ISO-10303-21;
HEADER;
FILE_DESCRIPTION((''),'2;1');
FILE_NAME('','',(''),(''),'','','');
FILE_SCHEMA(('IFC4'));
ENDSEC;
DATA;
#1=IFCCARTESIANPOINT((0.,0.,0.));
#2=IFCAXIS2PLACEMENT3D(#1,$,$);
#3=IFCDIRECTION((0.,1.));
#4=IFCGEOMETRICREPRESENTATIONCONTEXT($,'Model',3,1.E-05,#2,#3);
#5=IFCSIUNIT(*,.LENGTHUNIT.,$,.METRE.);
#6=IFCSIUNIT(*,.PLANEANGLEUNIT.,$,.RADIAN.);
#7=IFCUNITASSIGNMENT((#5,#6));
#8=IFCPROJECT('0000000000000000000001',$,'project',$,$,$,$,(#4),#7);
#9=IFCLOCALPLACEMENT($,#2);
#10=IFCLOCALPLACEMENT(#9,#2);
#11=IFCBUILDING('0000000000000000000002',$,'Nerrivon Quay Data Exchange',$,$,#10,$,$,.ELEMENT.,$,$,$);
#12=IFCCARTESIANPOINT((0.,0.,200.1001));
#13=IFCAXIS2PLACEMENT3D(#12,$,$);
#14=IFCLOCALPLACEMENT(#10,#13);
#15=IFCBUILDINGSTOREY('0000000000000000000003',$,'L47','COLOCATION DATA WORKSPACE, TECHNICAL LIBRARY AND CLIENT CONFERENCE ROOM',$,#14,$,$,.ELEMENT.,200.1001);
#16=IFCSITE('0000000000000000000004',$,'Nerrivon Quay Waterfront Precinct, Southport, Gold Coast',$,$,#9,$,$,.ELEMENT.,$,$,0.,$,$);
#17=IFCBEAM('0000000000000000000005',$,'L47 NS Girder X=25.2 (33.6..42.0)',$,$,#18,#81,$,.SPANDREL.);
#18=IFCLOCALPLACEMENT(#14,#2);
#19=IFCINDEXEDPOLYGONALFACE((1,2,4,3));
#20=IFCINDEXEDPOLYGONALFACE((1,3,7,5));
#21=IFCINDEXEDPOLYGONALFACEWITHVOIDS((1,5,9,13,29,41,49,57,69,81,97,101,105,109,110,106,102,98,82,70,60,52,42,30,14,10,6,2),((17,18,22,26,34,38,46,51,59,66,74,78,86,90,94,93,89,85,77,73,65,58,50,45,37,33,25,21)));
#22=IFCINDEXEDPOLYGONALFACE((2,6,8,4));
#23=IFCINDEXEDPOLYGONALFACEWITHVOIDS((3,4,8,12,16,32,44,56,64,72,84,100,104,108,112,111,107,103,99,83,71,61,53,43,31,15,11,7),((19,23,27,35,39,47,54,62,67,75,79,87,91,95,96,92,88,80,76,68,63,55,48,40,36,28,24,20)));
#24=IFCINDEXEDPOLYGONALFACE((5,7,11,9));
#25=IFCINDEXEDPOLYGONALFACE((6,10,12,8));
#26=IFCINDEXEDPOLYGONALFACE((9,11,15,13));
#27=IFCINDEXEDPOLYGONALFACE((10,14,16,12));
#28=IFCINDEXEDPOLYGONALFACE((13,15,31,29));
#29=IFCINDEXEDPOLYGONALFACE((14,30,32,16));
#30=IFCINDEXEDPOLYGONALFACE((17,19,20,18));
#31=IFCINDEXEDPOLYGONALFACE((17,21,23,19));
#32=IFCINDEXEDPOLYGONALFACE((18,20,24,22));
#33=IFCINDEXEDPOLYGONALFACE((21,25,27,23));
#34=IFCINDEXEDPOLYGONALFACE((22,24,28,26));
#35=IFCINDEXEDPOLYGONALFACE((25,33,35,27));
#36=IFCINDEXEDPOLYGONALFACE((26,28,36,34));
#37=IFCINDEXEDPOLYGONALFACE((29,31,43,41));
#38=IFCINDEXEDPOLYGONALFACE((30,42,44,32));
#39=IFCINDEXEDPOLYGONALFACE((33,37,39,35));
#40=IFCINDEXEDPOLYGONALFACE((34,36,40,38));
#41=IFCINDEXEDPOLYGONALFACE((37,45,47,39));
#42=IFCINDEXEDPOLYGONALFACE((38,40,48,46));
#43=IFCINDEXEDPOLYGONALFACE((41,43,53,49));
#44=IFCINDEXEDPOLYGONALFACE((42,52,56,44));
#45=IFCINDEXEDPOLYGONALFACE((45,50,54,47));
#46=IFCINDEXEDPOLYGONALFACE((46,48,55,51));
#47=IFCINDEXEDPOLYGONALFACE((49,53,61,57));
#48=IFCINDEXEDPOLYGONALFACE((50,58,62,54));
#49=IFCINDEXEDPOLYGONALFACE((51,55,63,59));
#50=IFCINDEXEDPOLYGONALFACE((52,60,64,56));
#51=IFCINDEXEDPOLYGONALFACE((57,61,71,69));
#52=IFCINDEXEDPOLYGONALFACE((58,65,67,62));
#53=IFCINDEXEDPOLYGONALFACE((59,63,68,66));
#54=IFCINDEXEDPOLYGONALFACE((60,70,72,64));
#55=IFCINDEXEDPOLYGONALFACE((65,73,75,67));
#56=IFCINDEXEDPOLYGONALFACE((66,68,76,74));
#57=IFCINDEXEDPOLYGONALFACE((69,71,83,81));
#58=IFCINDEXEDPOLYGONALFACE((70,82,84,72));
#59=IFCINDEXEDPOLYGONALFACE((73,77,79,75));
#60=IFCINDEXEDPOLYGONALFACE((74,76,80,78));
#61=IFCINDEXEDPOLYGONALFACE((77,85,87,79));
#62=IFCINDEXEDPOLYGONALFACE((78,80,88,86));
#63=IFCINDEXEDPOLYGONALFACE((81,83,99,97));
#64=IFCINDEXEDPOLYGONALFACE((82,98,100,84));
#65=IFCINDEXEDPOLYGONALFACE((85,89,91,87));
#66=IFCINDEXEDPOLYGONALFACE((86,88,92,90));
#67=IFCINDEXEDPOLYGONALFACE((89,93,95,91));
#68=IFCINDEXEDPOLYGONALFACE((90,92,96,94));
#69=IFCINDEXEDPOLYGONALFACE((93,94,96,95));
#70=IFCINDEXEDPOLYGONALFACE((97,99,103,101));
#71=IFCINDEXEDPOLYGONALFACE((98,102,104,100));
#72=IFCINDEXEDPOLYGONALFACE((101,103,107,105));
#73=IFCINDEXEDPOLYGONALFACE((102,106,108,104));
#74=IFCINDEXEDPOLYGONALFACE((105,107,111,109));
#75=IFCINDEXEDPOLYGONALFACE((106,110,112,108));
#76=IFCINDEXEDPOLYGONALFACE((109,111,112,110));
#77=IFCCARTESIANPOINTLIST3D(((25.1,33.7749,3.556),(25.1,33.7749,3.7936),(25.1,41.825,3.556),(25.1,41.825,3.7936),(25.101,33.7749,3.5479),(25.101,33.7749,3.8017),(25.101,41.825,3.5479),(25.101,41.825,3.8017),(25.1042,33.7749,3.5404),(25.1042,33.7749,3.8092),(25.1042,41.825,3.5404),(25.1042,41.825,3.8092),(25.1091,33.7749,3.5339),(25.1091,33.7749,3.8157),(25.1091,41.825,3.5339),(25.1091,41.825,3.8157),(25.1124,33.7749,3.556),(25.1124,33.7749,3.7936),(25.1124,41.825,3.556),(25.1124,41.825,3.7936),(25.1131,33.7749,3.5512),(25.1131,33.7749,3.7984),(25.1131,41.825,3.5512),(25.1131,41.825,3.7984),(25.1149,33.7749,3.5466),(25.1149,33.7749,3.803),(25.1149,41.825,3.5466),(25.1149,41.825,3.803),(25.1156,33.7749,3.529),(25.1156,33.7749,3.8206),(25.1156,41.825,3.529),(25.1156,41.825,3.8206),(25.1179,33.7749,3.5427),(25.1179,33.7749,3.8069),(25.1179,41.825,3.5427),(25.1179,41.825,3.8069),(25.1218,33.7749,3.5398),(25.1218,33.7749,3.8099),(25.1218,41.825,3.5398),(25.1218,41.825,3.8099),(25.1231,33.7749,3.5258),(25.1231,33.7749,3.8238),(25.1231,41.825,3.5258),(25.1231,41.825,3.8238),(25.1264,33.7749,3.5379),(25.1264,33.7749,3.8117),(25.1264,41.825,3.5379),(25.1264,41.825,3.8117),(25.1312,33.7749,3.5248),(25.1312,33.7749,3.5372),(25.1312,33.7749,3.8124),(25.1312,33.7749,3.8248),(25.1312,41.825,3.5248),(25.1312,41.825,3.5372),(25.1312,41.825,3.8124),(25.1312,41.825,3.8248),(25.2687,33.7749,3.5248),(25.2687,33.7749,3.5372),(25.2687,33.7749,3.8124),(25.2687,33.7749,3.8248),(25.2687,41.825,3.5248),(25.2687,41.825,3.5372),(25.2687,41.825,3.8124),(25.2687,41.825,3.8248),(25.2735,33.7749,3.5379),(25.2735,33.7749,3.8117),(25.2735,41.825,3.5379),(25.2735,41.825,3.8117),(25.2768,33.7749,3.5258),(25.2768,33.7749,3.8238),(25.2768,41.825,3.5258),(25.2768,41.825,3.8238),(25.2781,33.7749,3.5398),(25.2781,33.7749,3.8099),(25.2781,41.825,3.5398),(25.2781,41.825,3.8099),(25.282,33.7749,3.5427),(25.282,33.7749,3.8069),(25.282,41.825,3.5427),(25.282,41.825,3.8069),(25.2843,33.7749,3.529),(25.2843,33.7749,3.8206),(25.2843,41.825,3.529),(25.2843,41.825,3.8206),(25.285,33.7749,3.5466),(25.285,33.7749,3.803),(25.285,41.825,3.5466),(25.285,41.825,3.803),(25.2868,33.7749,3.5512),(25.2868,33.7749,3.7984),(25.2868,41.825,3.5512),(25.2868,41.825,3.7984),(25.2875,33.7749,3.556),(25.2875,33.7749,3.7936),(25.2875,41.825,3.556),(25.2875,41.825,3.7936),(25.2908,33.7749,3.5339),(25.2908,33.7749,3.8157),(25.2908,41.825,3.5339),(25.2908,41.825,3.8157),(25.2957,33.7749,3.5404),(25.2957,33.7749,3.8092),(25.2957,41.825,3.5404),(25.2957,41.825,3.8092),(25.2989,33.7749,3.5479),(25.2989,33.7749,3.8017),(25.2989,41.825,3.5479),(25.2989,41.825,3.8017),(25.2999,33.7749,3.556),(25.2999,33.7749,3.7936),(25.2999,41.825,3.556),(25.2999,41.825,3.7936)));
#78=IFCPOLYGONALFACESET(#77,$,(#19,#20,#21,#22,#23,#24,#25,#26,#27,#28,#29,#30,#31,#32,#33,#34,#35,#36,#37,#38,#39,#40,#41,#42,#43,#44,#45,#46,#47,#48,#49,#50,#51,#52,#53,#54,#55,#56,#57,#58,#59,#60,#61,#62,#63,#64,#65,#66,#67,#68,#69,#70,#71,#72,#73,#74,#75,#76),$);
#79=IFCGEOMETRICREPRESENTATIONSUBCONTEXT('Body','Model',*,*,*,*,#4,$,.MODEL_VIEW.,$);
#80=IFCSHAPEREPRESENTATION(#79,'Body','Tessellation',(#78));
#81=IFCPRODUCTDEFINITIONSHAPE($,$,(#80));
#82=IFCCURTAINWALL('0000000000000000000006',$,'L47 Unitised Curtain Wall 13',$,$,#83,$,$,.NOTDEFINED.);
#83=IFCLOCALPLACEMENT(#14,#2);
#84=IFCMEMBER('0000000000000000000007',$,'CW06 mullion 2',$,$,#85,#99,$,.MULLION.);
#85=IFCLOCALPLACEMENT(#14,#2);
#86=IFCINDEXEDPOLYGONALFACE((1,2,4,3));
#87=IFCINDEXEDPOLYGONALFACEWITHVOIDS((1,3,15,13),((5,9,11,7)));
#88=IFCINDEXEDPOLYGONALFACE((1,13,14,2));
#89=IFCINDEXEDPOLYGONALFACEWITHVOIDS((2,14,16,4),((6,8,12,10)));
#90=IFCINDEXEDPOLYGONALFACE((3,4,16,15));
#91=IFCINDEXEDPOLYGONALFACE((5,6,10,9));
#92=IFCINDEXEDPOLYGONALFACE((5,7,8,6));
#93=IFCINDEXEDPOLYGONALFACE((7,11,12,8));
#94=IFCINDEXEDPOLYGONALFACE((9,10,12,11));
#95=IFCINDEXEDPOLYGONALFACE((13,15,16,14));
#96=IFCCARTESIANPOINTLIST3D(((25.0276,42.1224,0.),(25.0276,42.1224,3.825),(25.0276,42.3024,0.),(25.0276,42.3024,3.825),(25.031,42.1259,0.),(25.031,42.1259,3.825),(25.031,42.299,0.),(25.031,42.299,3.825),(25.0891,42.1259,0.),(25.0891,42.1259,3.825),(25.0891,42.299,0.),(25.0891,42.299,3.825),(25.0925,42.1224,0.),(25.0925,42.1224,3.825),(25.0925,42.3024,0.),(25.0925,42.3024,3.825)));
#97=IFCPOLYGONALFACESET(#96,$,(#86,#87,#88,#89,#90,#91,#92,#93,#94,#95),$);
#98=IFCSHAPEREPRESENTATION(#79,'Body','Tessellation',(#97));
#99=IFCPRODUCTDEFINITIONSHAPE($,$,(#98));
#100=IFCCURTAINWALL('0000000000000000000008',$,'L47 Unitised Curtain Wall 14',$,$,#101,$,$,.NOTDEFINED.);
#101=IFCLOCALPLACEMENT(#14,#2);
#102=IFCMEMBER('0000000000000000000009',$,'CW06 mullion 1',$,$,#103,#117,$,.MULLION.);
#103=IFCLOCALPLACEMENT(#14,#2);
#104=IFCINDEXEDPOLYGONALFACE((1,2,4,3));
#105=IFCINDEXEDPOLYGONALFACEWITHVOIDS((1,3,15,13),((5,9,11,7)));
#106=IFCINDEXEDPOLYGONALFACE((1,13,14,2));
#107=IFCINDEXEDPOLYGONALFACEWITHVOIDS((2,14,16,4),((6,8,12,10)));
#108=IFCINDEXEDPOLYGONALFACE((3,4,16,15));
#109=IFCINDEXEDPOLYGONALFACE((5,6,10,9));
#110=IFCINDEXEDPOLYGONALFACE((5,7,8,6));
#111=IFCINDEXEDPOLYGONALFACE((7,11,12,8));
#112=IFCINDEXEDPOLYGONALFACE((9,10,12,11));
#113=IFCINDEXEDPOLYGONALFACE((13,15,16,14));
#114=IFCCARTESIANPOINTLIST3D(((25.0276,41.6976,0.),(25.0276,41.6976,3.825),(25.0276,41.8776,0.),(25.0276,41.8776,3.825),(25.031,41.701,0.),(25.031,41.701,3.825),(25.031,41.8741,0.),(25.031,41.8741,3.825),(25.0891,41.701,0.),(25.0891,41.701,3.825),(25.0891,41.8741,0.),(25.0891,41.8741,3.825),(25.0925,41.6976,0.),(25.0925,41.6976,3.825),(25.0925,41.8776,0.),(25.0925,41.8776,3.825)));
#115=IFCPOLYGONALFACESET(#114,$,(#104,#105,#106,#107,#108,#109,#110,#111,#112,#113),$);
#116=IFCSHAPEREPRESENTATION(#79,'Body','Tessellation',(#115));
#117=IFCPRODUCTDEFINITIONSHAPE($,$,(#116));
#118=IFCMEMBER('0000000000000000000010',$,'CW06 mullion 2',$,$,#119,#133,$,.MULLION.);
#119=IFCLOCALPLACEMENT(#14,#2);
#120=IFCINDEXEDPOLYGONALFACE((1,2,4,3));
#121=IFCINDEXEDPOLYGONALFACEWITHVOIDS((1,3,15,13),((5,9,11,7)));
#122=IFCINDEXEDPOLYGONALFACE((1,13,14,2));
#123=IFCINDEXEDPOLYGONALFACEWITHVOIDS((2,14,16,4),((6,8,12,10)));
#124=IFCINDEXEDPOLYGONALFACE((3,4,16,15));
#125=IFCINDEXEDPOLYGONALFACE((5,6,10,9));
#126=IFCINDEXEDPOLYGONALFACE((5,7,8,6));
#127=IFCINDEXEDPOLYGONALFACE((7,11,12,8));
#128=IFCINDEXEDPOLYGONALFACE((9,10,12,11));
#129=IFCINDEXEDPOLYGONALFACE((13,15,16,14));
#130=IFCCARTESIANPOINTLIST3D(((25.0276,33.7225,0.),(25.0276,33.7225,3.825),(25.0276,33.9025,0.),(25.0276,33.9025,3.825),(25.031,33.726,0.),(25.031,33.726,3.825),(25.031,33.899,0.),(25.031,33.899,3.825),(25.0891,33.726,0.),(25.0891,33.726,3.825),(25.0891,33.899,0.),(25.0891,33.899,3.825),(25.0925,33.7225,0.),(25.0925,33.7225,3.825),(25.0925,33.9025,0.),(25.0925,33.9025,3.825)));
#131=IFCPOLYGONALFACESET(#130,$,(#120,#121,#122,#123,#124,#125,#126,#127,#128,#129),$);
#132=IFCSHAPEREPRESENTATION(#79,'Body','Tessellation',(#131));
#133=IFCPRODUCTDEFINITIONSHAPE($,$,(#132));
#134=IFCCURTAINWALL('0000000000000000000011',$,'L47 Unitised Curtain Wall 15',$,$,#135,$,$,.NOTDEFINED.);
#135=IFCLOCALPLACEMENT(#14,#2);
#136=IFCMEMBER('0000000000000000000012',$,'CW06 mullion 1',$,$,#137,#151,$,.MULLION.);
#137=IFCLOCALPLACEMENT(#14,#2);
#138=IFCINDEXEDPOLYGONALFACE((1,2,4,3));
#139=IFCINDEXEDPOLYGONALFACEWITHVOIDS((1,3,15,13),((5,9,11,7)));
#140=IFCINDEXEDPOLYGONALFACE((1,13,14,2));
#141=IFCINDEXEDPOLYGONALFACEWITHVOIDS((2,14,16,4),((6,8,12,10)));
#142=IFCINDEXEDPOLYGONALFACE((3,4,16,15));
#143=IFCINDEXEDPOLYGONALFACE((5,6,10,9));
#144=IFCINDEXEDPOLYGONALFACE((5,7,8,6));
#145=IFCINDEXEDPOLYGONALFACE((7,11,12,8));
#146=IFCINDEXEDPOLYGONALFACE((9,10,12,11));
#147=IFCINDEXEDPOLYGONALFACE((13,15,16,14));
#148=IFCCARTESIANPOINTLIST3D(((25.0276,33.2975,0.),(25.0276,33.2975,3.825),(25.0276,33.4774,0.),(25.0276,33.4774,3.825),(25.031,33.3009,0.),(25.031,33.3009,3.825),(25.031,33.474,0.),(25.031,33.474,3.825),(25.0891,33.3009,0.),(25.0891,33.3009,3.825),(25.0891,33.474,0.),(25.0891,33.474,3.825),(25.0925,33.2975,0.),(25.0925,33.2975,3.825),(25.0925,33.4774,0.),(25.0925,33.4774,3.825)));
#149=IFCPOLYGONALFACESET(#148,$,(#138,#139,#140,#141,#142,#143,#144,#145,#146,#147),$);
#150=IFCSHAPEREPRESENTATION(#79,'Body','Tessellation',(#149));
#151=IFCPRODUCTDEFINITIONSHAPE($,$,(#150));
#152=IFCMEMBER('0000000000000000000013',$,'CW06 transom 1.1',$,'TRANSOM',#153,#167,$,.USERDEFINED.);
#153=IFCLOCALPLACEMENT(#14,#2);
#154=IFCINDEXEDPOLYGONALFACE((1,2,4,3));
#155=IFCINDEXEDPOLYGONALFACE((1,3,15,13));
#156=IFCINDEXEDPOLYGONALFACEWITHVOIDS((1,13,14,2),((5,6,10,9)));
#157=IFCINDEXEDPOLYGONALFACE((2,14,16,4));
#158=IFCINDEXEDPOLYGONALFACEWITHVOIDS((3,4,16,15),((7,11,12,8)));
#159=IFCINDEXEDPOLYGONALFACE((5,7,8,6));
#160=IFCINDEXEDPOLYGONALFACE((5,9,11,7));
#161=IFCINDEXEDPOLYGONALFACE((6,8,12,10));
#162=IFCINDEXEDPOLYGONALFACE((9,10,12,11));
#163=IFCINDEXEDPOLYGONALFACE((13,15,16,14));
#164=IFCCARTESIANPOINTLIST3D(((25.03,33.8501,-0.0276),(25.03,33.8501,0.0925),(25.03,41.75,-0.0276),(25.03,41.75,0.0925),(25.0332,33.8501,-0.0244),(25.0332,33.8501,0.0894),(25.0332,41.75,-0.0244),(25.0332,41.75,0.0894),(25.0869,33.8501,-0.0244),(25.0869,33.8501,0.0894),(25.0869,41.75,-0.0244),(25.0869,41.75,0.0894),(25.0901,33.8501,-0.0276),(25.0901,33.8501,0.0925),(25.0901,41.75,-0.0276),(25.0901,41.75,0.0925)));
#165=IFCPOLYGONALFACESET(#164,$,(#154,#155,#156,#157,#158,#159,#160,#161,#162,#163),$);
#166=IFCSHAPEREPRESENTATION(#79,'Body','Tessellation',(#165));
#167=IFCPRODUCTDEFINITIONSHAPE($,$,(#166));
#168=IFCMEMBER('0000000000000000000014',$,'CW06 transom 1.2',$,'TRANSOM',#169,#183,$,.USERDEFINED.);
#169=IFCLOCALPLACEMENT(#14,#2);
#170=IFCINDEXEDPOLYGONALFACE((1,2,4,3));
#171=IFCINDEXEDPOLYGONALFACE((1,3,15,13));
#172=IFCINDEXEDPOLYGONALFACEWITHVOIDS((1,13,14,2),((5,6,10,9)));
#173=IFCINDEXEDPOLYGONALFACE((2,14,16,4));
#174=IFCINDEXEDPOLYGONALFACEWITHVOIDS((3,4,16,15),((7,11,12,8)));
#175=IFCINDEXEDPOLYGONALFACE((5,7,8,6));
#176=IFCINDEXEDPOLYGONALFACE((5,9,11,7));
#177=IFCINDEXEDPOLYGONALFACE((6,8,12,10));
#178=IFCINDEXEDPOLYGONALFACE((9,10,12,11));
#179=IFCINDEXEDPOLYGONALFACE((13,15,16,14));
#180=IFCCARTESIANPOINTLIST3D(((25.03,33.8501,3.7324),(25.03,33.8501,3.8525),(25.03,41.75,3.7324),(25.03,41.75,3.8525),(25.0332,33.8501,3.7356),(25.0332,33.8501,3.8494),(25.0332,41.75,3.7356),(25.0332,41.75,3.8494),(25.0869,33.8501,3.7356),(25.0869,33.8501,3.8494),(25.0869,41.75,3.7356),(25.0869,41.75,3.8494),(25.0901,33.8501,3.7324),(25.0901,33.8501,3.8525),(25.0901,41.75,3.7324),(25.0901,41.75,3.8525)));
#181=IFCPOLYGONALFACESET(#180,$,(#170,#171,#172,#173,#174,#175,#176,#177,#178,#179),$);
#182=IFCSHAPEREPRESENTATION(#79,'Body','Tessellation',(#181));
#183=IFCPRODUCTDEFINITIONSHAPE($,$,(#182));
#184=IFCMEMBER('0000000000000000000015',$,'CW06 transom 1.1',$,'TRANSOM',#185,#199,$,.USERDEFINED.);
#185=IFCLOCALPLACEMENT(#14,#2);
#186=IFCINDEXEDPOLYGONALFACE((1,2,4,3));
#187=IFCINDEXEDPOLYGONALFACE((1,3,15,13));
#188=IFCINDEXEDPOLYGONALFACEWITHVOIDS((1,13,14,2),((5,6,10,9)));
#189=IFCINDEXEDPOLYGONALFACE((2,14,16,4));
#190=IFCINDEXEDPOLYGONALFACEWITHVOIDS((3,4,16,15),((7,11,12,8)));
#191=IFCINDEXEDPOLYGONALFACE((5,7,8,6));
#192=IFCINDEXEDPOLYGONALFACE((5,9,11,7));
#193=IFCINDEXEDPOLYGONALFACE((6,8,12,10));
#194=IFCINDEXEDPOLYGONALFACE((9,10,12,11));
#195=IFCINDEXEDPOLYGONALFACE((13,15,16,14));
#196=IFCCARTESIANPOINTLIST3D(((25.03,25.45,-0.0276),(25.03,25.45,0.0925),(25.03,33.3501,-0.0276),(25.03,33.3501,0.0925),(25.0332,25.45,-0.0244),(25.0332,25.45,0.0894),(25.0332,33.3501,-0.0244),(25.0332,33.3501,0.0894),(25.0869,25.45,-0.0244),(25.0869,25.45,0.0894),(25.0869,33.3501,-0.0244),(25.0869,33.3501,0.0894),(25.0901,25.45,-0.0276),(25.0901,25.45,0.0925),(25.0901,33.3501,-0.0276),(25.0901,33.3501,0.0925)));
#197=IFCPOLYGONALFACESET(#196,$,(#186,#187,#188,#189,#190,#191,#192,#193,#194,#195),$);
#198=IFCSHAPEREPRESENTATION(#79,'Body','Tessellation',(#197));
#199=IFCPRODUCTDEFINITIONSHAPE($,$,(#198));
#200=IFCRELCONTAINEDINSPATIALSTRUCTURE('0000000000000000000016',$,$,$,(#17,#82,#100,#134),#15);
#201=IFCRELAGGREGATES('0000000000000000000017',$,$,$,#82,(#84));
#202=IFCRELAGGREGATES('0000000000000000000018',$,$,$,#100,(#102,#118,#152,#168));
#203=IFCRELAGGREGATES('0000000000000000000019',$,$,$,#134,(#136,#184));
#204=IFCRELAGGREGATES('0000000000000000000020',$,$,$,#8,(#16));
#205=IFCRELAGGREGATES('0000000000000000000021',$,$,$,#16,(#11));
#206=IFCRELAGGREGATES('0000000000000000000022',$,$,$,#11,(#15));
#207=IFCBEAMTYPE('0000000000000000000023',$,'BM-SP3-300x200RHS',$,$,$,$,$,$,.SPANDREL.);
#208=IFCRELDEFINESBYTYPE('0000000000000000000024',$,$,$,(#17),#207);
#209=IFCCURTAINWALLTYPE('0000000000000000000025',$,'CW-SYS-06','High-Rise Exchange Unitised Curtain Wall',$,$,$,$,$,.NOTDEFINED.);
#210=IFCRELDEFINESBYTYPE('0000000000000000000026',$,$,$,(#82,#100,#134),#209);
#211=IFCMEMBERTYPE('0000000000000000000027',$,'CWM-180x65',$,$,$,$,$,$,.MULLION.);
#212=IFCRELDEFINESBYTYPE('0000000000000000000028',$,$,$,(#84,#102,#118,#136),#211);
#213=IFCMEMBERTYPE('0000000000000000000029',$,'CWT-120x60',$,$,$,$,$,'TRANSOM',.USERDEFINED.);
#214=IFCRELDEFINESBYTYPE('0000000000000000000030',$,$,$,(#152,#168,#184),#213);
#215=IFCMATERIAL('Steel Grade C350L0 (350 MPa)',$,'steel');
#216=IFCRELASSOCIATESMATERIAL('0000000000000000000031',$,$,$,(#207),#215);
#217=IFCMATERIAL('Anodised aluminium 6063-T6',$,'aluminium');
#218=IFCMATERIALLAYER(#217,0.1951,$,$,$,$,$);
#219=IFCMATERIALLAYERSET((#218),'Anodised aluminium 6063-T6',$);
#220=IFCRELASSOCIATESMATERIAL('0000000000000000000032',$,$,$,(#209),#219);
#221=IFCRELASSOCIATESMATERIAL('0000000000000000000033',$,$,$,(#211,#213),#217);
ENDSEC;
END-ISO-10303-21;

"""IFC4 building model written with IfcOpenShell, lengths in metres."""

from ifc_helpers import new_model, si_unit, direction, frame, origin, origin_2d, place, context, subcontext, project, spatial, hollow_rectangle, extrude, material, layer, layer_set, material_profile, profile_set, type_object, element, aggregate, save


model = new_model("IFC4")

# Units and contexts
model_context = context("Model", 3, precision=1e-05, world=origin(), true_north=direction((0.0, 1.0)))
body_context = subcontext(model_context, "Body", "Model", "MODEL_VIEW")
ifc_project = project(units=[si_unit("LENGTHUNIT", "METRE"), si_unit("PLANEANGLEUNIT", "RADIAN")], contexts=[model_context])

# Site, building, storey
site_placement = place(None, origin())
site = spatial("IfcSite", under=ifc_project, at=site_placement, Name="Nerrivon Quay Waterfront Precinct, Southport, Gold Coast", CompositionType="ELEMENT", RefElevation=0.0)
building_placement = place(site_placement, origin())
building = spatial("IfcBuilding", under=site, at=building_placement, Name="Nerrivon Quay Data Exchange", CompositionType="ELEMENT")
storey_placement = place(building_placement, frame((0.0, 0.0, 200.1001)))
storey = spatial("IfcBuildingStorey", under=building, at=storey_placement, Name="L47", Description="COLOCATION DATA WORKSPACE, TECHNICAL LIBRARY AND CLIENT CONFERENCE ROOM", CompositionType="ELEMENT", Elevation=200.1001)

# Beam
ifc_material_1 = material(Name="Steel Grade C350L0 (350 MPa)", Category="steel")
ifc_material_profile_1 = material_profile(ifc_material_1, hollow_rectangle(XDim=0.2, YDim=0.3, WallThickness=0.0125, InnerFilletRadius=0.0188, OuterFilletRadius=0.0312, at=origin_2d()), Name="300x200x12.5RHS")
ifc_profile_set_1 = profile_set([ifc_material_profile_1], Name="Steel Grade C350L0 (350 MPa)")
beam_type_1 = type_object("IfcBeamType", Name="BM-SP3-300x200RHS", PredefinedType="SPANDREL", material=ifc_profile_set_1)
beam_1_placement = place(storey_placement, frame((25.2, 33.7749, 3.6748), z_axis=(0.0, 1.0, 0.0), x_axis=(-1.0, 0.0, 0.0)))
element("IfcBeam", 1, at=beam_1_placement, inside=storey, type_object=beam_type_1, Name="L47 NS Girder X=25.2 (33.6..42.0)", PredefinedType="SPANDREL", context=body_context, shape_type="SweptSolid", body=[
    extrude(hollow_rectangle(XDim=0.2, YDim=0.3, WallThickness=0.0125, InnerFilletRadius=0.0188, OuterFilletRadius=0.0312, at=origin_2d()), origin(), (0.0, 0.0, 1.0), 8.05),
])

# Curtain wall, member
ifc_material_2 = material(Name="Anodised aluminium 6063-T6", Category="aluminium")
ifc_layer_1 = layer(ifc_material_2, 0.1951)
ifc_layer_set_1 = layer_set([ifc_layer_1], Name="Anodised aluminium 6063-T6")
curtain_wall_type = type_object("IfcCurtainWallType", Name="CW-SYS-06", Description="High-Rise Exchange Unitised Curtain Wall", PredefinedType="NOTDEFINED", material=ifc_layer_set_1)
curtain_wall_1_placement = place(storey_placement, origin())
curtain_wall_1 = element("IfcCurtainWall", 2, at=curtain_wall_1_placement, inside=storey, type_object=curtain_wall_type, Name="L47 Unitised Curtain Wall 13", PredefinedType="NOTDEFINED")
ifc_material_profile_2 = material_profile(ifc_material_2, hollow_rectangle(XDim=0.0649, YDim=0.1799, WallThickness=0.0034, at=origin_2d()), Name="ALU-MULL-180x65")
ifc_profile_set_2 = profile_set([ifc_material_profile_2], Name="Anodised aluminium 6063-T6")
member_type_1 = type_object("IfcMemberType", Name="CWM-180x65", PredefinedType="MULLION", material=ifc_profile_set_2)
member_1_placement = place(storey_placement, frame((25.0601, 42.2124, 0.0), z_axis=(0.0, 0.0, 1.0), x_axis=(1.0, 0.0, 0.0)))
member_1 = element("IfcMember", 3, at=member_1_placement, type_object=member_type_1, Name="CW06 mullion 2", PredefinedType="MULLION", context=body_context, shape_type="SweptSolid", body=[
    extrude(hollow_rectangle(XDim=0.0649, YDim=0.1799, WallThickness=0.0034, at=origin_2d()), origin(), (0.0, 0.0, 1.0), 3.825),
])
aggregate(curtain_wall_1, [member_1])

# Curtain wall, members
curtain_wall_2_placement = place(storey_placement, origin())
curtain_wall_2 = element("IfcCurtainWall", 4, at=curtain_wall_2_placement, inside=storey, type_object=curtain_wall_type, Name="L47 Unitised Curtain Wall 14", PredefinedType="NOTDEFINED")
member_2_placement = place(storey_placement, frame((25.0601, 41.7876, 0.0), z_axis=(0.0, 0.0, 1.0), x_axis=(1.0, 0.0, 0.0)))
member_2 = element("IfcMember", 5, at=member_2_placement, type_object=member_type_1, Name="CW06 mullion 1", PredefinedType="MULLION", context=body_context, shape_type="SweptSolid", body=[
    extrude(hollow_rectangle(XDim=0.0649, YDim=0.1799, WallThickness=0.0034, at=origin_2d()), origin(), (0.0, 0.0, 1.0), 3.825),
])
member_3_placement = place(storey_placement, frame((25.0601, 33.8125, 0.0), z_axis=(0.0, 0.0, 1.0), x_axis=(1.0, 0.0, 0.0)))
member_3 = element("IfcMember", 6, at=member_3_placement, type_object=member_type_1, Name="CW06 mullion 2", PredefinedType="MULLION", context=body_context, shape_type="SweptSolid", body=[
    extrude(hollow_rectangle(XDim=0.0649, YDim=0.1799, WallThickness=0.0034, at=origin_2d()), origin(), (0.0, 0.0, 1.0), 3.825),
])

# Curtain wall, member
curtain_wall_3_placement = place(storey_placement, origin())
curtain_wall_3 = element("IfcCurtainWall", 7, at=curtain_wall_3_placement, inside=storey, type_object=curtain_wall_type, Name="L47 Unitised Curtain Wall 15", PredefinedType="NOTDEFINED")
member_4_placement = place(storey_placement, frame((25.0601, 33.3875, 0.0), z_axis=(0.0, 0.0, 1.0), x_axis=(1.0, 0.0, 0.0)))
member_4 = element("IfcMember", 8, at=member_4_placement, type_object=member_type_1, Name="CW06 mullion 1", PredefinedType="MULLION", context=body_context, shape_type="SweptSolid", body=[
    extrude(hollow_rectangle(XDim=0.0649, YDim=0.1799, WallThickness=0.0034, at=origin_2d()), origin(), (0.0, 0.0, 1.0), 3.825),
])

# Members
ifc_material_profile_3 = material_profile(ifc_material_2, hollow_rectangle(XDim=0.0601, YDim=0.1201, WallThickness=0.0032, at=origin_2d()), Name="ALU-TRAN-120x60")
ifc_profile_set_3 = profile_set([ifc_material_profile_3], Name="Anodised aluminium 6063-T6")
member_type_2 = type_object("IfcMemberType", Name="CWT-120x60", ElementType="TRANSOM", PredefinedType="USERDEFINED", material=ifc_profile_set_3)
member_5_placement = place(storey_placement, frame((25.0601, 41.75, 0.0325), z_axis=(0.0, -1.0, 0.0), x_axis=(1.0, 0.0, 0.0)))
member_5 = element("IfcMember", 9, at=member_5_placement, type_object=member_type_2, Name="CW06 transom 1.1", ObjectType="TRANSOM", PredefinedType="USERDEFINED", context=body_context, shape_type="SweptSolid", body=[
    extrude(hollow_rectangle(XDim=0.0601, YDim=0.1201, WallThickness=0.0032, at=origin_2d()), origin(), (0.0, 0.0, 1.0), 7.8999),
])
member_6_placement = place(storey_placement, frame((25.0601, 41.75, 3.7925), z_axis=(0.0, -1.0, 0.0), x_axis=(1.0, 0.0, 0.0)))
member_6 = element("IfcMember", 10, at=member_6_placement, type_object=member_type_2, Name="CW06 transom 1.2", ObjectType="TRANSOM", PredefinedType="USERDEFINED", context=body_context, shape_type="SweptSolid", body=[
    extrude(hollow_rectangle(XDim=0.0601, YDim=0.1201, WallThickness=0.0032, at=origin_2d()), origin(), (0.0, 0.0, 1.0), 7.8999),
])
member_7_placement = place(storey_placement, frame((25.0601, 33.3501, 0.0325), z_axis=(0.0, -1.0, 0.0), x_axis=(1.0, 0.0, 0.0)))
member_7 = element("IfcMember", 11, at=member_7_placement, type_object=member_type_2, Name="CW06 transom 1.1", ObjectType="TRANSOM", PredefinedType="USERDEFINED", context=body_context, shape_type="SweptSolid", body=[
    extrude(hollow_rectangle(XDim=0.0601, YDim=0.1201, WallThickness=0.0032, at=origin_2d()), origin(), (0.0, 0.0, 1.0), 7.9001),
])

aggregate(curtain_wall_2, [member_2, member_3, member_5, member_6])
aggregate(curtain_wall_3, [member_4, member_7])

save(model, "model.ifc")
